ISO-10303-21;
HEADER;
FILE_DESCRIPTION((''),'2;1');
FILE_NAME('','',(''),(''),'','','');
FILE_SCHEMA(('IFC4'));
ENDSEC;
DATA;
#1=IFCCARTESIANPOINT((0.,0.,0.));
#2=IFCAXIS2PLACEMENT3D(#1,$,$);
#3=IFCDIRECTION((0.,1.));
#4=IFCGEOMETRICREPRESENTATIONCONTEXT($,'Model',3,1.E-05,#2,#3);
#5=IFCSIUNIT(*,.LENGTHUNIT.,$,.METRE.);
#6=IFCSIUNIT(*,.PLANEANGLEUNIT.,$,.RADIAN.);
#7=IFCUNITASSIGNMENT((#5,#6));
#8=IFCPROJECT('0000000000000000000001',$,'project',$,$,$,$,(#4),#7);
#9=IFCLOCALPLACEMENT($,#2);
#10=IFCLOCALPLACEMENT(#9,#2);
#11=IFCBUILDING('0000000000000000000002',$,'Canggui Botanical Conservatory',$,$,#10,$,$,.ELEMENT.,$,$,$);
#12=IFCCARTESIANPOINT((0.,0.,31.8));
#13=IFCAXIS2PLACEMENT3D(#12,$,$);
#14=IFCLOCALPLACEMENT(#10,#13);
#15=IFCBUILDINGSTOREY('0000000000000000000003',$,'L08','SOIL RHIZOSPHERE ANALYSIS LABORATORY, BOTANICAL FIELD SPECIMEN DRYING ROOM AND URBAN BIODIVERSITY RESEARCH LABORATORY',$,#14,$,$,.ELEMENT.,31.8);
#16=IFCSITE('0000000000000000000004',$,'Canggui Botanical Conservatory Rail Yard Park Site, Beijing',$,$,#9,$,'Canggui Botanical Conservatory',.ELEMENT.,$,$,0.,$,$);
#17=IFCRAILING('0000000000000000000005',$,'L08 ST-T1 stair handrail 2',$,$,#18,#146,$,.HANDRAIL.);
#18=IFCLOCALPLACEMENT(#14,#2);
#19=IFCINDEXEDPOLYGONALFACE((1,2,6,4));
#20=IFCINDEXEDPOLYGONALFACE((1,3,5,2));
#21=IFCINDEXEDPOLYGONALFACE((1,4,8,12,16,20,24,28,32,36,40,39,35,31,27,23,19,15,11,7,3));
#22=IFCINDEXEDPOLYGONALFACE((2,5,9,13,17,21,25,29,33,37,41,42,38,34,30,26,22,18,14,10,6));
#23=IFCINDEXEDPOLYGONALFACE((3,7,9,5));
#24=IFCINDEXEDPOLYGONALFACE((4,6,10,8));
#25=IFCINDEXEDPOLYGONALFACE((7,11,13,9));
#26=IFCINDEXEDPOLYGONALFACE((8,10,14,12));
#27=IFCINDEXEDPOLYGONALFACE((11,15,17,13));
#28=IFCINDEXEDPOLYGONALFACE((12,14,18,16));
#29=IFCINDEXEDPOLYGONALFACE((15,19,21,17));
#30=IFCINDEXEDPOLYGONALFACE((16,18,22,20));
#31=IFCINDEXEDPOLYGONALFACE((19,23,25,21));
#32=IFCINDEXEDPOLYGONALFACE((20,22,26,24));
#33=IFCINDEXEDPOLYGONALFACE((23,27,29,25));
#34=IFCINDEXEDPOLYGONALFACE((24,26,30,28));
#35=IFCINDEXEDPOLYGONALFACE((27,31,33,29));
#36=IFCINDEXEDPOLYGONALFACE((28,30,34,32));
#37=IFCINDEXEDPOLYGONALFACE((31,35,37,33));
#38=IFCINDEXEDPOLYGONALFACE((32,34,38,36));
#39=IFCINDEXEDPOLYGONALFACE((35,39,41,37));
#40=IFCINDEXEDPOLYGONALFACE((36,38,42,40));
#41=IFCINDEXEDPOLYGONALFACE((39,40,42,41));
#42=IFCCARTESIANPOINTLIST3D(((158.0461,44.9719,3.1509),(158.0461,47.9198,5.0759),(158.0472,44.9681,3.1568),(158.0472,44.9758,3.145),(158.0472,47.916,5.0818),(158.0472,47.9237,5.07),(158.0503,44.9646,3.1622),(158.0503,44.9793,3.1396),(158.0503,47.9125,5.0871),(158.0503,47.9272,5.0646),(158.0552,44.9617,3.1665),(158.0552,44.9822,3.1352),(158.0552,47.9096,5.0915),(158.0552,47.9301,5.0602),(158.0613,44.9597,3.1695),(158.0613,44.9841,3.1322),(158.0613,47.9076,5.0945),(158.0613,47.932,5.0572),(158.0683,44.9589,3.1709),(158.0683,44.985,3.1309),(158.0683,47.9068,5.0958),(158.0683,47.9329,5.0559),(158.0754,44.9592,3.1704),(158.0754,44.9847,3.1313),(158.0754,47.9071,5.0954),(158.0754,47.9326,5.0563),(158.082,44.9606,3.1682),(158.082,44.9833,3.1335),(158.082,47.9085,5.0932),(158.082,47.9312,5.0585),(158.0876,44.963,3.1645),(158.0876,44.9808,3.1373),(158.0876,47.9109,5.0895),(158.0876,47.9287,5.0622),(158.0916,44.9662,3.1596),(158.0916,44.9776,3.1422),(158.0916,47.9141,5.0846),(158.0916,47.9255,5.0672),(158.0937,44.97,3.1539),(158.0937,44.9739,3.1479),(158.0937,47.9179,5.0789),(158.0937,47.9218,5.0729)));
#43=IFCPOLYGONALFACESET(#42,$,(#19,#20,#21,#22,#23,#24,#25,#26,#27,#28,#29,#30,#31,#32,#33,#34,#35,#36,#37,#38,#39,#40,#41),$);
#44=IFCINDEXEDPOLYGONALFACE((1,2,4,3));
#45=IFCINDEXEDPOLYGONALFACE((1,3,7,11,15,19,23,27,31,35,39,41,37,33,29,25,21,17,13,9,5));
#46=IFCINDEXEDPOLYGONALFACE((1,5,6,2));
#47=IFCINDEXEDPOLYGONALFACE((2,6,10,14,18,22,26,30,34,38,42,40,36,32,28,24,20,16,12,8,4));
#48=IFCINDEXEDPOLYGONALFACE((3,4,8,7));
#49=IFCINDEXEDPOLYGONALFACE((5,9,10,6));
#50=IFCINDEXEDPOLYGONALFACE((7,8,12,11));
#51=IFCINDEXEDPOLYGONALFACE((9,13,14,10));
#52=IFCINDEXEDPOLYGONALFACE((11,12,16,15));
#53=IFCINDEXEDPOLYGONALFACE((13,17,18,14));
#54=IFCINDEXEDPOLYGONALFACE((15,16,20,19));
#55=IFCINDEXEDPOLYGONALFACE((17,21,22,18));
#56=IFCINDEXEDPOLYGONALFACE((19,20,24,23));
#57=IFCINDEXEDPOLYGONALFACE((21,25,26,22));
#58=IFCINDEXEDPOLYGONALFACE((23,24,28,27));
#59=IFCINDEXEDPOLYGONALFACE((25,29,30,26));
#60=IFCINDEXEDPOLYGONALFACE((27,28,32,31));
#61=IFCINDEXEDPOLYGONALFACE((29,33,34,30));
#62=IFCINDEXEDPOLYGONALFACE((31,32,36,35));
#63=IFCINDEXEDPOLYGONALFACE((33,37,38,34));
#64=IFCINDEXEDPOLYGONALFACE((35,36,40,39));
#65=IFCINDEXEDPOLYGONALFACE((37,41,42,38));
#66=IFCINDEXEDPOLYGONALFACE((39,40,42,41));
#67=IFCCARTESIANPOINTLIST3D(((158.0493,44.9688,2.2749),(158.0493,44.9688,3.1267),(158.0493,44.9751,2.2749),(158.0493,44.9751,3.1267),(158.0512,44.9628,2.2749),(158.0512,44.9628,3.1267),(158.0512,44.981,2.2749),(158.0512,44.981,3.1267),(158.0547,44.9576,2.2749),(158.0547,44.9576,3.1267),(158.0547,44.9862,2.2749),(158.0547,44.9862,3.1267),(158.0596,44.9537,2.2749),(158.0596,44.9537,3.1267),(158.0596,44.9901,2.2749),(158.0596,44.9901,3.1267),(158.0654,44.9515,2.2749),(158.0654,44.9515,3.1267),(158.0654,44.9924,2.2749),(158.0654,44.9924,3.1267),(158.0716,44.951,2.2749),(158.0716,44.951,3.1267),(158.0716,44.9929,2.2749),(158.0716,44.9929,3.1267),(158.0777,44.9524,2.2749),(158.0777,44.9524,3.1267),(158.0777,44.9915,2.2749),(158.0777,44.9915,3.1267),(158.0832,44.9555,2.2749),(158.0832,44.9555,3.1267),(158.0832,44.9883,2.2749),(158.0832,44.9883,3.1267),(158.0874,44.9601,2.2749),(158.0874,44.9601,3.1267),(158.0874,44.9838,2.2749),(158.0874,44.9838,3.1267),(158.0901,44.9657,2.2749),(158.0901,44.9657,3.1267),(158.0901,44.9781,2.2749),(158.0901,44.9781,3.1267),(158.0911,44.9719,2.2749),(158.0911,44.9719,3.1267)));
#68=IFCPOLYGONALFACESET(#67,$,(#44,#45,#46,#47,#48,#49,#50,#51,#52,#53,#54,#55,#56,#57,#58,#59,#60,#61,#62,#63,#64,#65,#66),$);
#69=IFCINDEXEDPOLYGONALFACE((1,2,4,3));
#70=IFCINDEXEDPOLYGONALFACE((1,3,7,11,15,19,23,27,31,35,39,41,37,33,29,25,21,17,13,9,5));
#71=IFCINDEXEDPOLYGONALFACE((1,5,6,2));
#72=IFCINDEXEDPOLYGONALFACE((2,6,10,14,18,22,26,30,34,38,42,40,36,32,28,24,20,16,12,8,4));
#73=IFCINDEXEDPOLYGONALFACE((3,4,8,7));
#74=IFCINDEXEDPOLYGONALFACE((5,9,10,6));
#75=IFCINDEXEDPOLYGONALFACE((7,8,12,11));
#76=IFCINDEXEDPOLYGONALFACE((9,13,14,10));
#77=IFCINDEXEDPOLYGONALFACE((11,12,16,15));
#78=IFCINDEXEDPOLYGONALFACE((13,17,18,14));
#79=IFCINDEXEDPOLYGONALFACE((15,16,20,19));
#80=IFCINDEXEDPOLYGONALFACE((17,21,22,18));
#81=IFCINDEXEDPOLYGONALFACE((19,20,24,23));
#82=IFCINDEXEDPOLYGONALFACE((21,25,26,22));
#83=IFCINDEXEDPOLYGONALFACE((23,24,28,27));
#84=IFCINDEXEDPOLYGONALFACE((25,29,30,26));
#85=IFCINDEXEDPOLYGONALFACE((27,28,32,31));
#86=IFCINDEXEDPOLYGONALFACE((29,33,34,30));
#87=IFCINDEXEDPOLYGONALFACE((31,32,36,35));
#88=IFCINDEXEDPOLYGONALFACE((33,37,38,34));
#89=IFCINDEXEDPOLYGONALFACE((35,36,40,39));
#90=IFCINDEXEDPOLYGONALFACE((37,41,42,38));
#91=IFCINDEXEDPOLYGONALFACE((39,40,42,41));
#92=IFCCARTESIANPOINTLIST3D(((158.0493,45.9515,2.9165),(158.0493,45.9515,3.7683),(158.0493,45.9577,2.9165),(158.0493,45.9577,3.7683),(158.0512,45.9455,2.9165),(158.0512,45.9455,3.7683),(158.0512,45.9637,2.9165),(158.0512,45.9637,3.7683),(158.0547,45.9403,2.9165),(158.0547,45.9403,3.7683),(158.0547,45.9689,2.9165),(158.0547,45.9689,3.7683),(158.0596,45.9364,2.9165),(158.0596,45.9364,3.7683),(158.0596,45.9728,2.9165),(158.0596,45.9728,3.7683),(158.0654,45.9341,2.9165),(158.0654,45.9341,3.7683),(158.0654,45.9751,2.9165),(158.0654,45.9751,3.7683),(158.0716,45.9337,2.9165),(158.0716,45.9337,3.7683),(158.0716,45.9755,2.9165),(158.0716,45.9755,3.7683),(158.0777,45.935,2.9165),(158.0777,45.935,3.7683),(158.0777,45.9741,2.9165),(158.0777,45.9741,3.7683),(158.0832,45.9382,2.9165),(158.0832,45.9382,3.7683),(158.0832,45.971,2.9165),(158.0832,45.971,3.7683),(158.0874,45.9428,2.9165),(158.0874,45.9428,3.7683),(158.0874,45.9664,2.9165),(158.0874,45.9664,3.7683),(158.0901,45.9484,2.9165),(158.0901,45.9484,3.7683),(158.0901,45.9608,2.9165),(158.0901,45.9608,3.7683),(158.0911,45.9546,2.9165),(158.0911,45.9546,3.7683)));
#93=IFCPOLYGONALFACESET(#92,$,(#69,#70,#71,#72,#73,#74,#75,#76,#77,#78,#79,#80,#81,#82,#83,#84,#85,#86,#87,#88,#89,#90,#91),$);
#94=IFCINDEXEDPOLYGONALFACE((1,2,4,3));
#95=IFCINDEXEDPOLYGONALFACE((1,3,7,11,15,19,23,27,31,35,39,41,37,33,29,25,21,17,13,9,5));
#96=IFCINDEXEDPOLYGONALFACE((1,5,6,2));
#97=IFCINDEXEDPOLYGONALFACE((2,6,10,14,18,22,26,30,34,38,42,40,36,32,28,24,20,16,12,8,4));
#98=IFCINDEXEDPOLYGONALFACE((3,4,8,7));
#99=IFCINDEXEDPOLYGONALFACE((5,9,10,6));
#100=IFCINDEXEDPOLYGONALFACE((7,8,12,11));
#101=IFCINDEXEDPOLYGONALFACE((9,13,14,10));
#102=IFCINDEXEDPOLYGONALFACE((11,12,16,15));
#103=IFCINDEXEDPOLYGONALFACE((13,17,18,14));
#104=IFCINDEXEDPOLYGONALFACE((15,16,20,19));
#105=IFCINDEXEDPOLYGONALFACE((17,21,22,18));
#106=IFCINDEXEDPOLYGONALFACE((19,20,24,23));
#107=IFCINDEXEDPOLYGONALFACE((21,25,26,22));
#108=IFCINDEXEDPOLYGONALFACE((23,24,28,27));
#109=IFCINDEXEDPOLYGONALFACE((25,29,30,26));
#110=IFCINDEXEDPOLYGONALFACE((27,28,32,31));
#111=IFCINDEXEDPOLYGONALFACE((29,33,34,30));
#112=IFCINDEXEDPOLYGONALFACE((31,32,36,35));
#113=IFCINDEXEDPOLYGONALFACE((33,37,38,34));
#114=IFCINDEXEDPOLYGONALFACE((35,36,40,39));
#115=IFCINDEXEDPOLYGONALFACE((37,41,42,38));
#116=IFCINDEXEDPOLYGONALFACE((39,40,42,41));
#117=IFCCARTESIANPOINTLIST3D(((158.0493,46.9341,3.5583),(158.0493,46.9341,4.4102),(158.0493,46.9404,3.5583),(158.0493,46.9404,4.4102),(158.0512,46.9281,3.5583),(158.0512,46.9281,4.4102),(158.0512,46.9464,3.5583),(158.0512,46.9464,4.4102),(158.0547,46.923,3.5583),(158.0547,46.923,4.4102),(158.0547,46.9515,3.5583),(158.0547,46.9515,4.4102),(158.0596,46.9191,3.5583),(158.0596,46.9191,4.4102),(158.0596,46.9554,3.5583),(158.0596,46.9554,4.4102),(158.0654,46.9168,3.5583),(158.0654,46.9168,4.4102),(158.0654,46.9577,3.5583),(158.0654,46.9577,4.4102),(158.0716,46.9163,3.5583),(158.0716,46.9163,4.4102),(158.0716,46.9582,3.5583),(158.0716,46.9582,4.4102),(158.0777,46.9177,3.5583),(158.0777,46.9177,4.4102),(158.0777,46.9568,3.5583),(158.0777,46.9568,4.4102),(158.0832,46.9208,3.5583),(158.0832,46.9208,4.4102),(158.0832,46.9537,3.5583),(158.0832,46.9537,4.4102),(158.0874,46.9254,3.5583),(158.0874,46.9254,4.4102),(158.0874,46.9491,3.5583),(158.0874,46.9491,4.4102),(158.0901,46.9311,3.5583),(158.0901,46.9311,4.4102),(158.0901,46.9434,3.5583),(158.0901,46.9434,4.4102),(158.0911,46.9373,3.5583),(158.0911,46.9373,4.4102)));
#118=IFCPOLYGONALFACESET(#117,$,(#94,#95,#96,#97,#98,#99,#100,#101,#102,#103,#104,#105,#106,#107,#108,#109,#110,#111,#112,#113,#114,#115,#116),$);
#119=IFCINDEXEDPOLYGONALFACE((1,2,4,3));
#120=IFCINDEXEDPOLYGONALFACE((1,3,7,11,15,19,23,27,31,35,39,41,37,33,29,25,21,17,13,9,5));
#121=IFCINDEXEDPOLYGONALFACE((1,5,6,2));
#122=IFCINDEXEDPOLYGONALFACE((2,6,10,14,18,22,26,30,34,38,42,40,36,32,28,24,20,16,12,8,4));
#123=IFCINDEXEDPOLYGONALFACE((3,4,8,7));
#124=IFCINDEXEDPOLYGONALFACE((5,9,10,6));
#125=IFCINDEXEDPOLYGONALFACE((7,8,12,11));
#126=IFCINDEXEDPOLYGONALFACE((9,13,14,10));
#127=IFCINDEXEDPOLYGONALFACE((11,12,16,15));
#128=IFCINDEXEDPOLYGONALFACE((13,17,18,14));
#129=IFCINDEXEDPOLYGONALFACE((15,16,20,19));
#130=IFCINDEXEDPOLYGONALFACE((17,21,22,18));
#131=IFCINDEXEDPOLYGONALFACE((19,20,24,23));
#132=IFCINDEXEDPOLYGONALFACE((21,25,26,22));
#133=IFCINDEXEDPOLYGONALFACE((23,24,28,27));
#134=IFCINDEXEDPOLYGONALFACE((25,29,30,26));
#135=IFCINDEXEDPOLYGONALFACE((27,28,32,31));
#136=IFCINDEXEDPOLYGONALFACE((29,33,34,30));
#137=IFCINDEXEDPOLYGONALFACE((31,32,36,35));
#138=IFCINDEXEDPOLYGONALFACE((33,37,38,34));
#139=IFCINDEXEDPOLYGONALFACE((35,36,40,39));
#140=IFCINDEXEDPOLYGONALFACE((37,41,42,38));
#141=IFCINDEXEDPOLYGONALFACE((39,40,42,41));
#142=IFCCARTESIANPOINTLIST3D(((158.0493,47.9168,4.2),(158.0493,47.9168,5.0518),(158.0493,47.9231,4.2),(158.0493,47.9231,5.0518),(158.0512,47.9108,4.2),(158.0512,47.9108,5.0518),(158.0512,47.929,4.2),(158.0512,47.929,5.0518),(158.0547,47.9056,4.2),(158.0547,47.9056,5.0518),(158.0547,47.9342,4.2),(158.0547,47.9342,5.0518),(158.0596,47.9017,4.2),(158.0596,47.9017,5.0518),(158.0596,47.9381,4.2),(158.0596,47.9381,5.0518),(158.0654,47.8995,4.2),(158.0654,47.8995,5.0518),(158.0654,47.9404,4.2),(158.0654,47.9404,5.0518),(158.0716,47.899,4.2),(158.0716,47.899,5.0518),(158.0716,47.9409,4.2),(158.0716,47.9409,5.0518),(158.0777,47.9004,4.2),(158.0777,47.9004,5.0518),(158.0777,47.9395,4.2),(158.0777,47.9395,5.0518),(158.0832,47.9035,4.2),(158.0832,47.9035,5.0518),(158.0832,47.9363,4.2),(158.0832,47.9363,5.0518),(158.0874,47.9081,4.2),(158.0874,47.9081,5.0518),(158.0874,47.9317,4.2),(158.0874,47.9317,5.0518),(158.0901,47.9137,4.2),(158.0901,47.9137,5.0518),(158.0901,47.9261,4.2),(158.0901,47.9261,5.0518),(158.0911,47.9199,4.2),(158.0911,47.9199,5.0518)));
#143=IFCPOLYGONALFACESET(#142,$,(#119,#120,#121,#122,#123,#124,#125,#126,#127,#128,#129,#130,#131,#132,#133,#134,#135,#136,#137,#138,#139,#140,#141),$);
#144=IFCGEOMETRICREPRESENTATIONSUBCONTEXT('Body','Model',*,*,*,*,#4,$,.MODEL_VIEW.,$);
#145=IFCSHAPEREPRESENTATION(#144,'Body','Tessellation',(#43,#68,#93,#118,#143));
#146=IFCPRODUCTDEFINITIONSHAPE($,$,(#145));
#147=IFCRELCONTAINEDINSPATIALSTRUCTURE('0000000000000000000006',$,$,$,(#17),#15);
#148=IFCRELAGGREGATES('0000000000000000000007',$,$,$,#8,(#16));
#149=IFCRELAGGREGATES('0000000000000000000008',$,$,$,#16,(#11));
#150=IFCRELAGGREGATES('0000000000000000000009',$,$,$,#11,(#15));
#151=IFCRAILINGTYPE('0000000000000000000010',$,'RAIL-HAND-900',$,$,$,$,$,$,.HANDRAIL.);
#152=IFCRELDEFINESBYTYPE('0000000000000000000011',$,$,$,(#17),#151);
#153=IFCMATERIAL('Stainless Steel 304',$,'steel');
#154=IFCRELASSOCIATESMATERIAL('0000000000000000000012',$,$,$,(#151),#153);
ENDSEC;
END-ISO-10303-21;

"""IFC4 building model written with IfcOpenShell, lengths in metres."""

from ifc_helpers import new_model, si_unit, direction, frame, origin, origin_2d, place, context, subcontext, project, spatial, circle, extrude, material, type_object, element, save


model = new_model("IFC4")

# Units and contexts
model_context = context("Model", 3, precision=1e-05, world=origin(), true_north=direction((0.0, 1.0)))
body_context = subcontext(model_context, "Body", "Model", "MODEL_VIEW")
ifc_project = project(units=[si_unit("LENGTHUNIT", "METRE"), si_unit("PLANEANGLEUNIT", "RADIAN")], contexts=[model_context])

# Site, building, storey
site_placement = place(None, origin())
site = spatial("IfcSite", under=ifc_project, at=site_placement, Name="Canggui Botanical Conservatory Rail Yard Park Site, Beijing", LongName="Canggui Botanical Conservatory", CompositionType="ELEMENT", RefElevation=0.0)
building_placement = place(site_placement, origin())
building = spatial("IfcBuilding", under=site, at=building_placement, Name="Canggui Botanical Conservatory", CompositionType="ELEMENT")
storey_placement = place(building_placement, frame((0.0, 0.0, 31.8)))
storey = spatial("IfcBuildingStorey", under=building, at=storey_placement, Name="L08", Description="SOIL RHIZOSPHERE ANALYSIS LABORATORY, BOTANICAL FIELD SPECIMEN DRYING ROOM AND URBAN BIODIVERSITY RESEARCH LABORATORY", CompositionType="ELEMENT", Elevation=31.8)

# Shared definitions
ifc_material_1 = material(Name="Stainless Steel 304", Category="steel")

# Railing
railing_type_1 = type_object("IfcRailingType", Name="RAIL-HAND-900", PredefinedType="HANDRAIL", material=ifc_material_1)
railing_1_placement = place(storey_placement, frame((158.0701, 44.9719, 2.2749)))
element("IfcRailing", 1, at=railing_1_placement, inside=storey, type_object=railing_type_1, Name="L08 ST-T1 stair handrail 2", PredefinedType="HANDRAIL", context=body_context, shape_type="SweptSolid", body=[
    extrude(circle(Radius=0.0239, at=origin_2d()), frame((0.0, 0.0, 0.876), z_axis=(0.0, 0.837293, 0.546754), x_axis=(-1.0, 0.0, 0.0)), (0.0, 0.0, 1.0), 3.5208),
    extrude(circle(Radius=0.021, at=origin_2d()), origin(), (0.0, 0.0, 1.0), 0.8518),
    extrude(circle(Radius=0.021, at=origin_2d()), frame((0.0, 0.9827, 0.6416)), (0.0, 0.0, 1.0), 0.8518),
    extrude(circle(Radius=0.021, at=origin_2d()), frame((0.0, 1.9653, 1.2834)), (0.0, 0.0, 1.0), 0.8518),
    extrude(circle(Radius=0.021, at=origin_2d()), frame((0.0, 2.948, 1.925)), (0.0, 0.0, 1.0), 0.8518),
])

save(model, "model.ifc")
